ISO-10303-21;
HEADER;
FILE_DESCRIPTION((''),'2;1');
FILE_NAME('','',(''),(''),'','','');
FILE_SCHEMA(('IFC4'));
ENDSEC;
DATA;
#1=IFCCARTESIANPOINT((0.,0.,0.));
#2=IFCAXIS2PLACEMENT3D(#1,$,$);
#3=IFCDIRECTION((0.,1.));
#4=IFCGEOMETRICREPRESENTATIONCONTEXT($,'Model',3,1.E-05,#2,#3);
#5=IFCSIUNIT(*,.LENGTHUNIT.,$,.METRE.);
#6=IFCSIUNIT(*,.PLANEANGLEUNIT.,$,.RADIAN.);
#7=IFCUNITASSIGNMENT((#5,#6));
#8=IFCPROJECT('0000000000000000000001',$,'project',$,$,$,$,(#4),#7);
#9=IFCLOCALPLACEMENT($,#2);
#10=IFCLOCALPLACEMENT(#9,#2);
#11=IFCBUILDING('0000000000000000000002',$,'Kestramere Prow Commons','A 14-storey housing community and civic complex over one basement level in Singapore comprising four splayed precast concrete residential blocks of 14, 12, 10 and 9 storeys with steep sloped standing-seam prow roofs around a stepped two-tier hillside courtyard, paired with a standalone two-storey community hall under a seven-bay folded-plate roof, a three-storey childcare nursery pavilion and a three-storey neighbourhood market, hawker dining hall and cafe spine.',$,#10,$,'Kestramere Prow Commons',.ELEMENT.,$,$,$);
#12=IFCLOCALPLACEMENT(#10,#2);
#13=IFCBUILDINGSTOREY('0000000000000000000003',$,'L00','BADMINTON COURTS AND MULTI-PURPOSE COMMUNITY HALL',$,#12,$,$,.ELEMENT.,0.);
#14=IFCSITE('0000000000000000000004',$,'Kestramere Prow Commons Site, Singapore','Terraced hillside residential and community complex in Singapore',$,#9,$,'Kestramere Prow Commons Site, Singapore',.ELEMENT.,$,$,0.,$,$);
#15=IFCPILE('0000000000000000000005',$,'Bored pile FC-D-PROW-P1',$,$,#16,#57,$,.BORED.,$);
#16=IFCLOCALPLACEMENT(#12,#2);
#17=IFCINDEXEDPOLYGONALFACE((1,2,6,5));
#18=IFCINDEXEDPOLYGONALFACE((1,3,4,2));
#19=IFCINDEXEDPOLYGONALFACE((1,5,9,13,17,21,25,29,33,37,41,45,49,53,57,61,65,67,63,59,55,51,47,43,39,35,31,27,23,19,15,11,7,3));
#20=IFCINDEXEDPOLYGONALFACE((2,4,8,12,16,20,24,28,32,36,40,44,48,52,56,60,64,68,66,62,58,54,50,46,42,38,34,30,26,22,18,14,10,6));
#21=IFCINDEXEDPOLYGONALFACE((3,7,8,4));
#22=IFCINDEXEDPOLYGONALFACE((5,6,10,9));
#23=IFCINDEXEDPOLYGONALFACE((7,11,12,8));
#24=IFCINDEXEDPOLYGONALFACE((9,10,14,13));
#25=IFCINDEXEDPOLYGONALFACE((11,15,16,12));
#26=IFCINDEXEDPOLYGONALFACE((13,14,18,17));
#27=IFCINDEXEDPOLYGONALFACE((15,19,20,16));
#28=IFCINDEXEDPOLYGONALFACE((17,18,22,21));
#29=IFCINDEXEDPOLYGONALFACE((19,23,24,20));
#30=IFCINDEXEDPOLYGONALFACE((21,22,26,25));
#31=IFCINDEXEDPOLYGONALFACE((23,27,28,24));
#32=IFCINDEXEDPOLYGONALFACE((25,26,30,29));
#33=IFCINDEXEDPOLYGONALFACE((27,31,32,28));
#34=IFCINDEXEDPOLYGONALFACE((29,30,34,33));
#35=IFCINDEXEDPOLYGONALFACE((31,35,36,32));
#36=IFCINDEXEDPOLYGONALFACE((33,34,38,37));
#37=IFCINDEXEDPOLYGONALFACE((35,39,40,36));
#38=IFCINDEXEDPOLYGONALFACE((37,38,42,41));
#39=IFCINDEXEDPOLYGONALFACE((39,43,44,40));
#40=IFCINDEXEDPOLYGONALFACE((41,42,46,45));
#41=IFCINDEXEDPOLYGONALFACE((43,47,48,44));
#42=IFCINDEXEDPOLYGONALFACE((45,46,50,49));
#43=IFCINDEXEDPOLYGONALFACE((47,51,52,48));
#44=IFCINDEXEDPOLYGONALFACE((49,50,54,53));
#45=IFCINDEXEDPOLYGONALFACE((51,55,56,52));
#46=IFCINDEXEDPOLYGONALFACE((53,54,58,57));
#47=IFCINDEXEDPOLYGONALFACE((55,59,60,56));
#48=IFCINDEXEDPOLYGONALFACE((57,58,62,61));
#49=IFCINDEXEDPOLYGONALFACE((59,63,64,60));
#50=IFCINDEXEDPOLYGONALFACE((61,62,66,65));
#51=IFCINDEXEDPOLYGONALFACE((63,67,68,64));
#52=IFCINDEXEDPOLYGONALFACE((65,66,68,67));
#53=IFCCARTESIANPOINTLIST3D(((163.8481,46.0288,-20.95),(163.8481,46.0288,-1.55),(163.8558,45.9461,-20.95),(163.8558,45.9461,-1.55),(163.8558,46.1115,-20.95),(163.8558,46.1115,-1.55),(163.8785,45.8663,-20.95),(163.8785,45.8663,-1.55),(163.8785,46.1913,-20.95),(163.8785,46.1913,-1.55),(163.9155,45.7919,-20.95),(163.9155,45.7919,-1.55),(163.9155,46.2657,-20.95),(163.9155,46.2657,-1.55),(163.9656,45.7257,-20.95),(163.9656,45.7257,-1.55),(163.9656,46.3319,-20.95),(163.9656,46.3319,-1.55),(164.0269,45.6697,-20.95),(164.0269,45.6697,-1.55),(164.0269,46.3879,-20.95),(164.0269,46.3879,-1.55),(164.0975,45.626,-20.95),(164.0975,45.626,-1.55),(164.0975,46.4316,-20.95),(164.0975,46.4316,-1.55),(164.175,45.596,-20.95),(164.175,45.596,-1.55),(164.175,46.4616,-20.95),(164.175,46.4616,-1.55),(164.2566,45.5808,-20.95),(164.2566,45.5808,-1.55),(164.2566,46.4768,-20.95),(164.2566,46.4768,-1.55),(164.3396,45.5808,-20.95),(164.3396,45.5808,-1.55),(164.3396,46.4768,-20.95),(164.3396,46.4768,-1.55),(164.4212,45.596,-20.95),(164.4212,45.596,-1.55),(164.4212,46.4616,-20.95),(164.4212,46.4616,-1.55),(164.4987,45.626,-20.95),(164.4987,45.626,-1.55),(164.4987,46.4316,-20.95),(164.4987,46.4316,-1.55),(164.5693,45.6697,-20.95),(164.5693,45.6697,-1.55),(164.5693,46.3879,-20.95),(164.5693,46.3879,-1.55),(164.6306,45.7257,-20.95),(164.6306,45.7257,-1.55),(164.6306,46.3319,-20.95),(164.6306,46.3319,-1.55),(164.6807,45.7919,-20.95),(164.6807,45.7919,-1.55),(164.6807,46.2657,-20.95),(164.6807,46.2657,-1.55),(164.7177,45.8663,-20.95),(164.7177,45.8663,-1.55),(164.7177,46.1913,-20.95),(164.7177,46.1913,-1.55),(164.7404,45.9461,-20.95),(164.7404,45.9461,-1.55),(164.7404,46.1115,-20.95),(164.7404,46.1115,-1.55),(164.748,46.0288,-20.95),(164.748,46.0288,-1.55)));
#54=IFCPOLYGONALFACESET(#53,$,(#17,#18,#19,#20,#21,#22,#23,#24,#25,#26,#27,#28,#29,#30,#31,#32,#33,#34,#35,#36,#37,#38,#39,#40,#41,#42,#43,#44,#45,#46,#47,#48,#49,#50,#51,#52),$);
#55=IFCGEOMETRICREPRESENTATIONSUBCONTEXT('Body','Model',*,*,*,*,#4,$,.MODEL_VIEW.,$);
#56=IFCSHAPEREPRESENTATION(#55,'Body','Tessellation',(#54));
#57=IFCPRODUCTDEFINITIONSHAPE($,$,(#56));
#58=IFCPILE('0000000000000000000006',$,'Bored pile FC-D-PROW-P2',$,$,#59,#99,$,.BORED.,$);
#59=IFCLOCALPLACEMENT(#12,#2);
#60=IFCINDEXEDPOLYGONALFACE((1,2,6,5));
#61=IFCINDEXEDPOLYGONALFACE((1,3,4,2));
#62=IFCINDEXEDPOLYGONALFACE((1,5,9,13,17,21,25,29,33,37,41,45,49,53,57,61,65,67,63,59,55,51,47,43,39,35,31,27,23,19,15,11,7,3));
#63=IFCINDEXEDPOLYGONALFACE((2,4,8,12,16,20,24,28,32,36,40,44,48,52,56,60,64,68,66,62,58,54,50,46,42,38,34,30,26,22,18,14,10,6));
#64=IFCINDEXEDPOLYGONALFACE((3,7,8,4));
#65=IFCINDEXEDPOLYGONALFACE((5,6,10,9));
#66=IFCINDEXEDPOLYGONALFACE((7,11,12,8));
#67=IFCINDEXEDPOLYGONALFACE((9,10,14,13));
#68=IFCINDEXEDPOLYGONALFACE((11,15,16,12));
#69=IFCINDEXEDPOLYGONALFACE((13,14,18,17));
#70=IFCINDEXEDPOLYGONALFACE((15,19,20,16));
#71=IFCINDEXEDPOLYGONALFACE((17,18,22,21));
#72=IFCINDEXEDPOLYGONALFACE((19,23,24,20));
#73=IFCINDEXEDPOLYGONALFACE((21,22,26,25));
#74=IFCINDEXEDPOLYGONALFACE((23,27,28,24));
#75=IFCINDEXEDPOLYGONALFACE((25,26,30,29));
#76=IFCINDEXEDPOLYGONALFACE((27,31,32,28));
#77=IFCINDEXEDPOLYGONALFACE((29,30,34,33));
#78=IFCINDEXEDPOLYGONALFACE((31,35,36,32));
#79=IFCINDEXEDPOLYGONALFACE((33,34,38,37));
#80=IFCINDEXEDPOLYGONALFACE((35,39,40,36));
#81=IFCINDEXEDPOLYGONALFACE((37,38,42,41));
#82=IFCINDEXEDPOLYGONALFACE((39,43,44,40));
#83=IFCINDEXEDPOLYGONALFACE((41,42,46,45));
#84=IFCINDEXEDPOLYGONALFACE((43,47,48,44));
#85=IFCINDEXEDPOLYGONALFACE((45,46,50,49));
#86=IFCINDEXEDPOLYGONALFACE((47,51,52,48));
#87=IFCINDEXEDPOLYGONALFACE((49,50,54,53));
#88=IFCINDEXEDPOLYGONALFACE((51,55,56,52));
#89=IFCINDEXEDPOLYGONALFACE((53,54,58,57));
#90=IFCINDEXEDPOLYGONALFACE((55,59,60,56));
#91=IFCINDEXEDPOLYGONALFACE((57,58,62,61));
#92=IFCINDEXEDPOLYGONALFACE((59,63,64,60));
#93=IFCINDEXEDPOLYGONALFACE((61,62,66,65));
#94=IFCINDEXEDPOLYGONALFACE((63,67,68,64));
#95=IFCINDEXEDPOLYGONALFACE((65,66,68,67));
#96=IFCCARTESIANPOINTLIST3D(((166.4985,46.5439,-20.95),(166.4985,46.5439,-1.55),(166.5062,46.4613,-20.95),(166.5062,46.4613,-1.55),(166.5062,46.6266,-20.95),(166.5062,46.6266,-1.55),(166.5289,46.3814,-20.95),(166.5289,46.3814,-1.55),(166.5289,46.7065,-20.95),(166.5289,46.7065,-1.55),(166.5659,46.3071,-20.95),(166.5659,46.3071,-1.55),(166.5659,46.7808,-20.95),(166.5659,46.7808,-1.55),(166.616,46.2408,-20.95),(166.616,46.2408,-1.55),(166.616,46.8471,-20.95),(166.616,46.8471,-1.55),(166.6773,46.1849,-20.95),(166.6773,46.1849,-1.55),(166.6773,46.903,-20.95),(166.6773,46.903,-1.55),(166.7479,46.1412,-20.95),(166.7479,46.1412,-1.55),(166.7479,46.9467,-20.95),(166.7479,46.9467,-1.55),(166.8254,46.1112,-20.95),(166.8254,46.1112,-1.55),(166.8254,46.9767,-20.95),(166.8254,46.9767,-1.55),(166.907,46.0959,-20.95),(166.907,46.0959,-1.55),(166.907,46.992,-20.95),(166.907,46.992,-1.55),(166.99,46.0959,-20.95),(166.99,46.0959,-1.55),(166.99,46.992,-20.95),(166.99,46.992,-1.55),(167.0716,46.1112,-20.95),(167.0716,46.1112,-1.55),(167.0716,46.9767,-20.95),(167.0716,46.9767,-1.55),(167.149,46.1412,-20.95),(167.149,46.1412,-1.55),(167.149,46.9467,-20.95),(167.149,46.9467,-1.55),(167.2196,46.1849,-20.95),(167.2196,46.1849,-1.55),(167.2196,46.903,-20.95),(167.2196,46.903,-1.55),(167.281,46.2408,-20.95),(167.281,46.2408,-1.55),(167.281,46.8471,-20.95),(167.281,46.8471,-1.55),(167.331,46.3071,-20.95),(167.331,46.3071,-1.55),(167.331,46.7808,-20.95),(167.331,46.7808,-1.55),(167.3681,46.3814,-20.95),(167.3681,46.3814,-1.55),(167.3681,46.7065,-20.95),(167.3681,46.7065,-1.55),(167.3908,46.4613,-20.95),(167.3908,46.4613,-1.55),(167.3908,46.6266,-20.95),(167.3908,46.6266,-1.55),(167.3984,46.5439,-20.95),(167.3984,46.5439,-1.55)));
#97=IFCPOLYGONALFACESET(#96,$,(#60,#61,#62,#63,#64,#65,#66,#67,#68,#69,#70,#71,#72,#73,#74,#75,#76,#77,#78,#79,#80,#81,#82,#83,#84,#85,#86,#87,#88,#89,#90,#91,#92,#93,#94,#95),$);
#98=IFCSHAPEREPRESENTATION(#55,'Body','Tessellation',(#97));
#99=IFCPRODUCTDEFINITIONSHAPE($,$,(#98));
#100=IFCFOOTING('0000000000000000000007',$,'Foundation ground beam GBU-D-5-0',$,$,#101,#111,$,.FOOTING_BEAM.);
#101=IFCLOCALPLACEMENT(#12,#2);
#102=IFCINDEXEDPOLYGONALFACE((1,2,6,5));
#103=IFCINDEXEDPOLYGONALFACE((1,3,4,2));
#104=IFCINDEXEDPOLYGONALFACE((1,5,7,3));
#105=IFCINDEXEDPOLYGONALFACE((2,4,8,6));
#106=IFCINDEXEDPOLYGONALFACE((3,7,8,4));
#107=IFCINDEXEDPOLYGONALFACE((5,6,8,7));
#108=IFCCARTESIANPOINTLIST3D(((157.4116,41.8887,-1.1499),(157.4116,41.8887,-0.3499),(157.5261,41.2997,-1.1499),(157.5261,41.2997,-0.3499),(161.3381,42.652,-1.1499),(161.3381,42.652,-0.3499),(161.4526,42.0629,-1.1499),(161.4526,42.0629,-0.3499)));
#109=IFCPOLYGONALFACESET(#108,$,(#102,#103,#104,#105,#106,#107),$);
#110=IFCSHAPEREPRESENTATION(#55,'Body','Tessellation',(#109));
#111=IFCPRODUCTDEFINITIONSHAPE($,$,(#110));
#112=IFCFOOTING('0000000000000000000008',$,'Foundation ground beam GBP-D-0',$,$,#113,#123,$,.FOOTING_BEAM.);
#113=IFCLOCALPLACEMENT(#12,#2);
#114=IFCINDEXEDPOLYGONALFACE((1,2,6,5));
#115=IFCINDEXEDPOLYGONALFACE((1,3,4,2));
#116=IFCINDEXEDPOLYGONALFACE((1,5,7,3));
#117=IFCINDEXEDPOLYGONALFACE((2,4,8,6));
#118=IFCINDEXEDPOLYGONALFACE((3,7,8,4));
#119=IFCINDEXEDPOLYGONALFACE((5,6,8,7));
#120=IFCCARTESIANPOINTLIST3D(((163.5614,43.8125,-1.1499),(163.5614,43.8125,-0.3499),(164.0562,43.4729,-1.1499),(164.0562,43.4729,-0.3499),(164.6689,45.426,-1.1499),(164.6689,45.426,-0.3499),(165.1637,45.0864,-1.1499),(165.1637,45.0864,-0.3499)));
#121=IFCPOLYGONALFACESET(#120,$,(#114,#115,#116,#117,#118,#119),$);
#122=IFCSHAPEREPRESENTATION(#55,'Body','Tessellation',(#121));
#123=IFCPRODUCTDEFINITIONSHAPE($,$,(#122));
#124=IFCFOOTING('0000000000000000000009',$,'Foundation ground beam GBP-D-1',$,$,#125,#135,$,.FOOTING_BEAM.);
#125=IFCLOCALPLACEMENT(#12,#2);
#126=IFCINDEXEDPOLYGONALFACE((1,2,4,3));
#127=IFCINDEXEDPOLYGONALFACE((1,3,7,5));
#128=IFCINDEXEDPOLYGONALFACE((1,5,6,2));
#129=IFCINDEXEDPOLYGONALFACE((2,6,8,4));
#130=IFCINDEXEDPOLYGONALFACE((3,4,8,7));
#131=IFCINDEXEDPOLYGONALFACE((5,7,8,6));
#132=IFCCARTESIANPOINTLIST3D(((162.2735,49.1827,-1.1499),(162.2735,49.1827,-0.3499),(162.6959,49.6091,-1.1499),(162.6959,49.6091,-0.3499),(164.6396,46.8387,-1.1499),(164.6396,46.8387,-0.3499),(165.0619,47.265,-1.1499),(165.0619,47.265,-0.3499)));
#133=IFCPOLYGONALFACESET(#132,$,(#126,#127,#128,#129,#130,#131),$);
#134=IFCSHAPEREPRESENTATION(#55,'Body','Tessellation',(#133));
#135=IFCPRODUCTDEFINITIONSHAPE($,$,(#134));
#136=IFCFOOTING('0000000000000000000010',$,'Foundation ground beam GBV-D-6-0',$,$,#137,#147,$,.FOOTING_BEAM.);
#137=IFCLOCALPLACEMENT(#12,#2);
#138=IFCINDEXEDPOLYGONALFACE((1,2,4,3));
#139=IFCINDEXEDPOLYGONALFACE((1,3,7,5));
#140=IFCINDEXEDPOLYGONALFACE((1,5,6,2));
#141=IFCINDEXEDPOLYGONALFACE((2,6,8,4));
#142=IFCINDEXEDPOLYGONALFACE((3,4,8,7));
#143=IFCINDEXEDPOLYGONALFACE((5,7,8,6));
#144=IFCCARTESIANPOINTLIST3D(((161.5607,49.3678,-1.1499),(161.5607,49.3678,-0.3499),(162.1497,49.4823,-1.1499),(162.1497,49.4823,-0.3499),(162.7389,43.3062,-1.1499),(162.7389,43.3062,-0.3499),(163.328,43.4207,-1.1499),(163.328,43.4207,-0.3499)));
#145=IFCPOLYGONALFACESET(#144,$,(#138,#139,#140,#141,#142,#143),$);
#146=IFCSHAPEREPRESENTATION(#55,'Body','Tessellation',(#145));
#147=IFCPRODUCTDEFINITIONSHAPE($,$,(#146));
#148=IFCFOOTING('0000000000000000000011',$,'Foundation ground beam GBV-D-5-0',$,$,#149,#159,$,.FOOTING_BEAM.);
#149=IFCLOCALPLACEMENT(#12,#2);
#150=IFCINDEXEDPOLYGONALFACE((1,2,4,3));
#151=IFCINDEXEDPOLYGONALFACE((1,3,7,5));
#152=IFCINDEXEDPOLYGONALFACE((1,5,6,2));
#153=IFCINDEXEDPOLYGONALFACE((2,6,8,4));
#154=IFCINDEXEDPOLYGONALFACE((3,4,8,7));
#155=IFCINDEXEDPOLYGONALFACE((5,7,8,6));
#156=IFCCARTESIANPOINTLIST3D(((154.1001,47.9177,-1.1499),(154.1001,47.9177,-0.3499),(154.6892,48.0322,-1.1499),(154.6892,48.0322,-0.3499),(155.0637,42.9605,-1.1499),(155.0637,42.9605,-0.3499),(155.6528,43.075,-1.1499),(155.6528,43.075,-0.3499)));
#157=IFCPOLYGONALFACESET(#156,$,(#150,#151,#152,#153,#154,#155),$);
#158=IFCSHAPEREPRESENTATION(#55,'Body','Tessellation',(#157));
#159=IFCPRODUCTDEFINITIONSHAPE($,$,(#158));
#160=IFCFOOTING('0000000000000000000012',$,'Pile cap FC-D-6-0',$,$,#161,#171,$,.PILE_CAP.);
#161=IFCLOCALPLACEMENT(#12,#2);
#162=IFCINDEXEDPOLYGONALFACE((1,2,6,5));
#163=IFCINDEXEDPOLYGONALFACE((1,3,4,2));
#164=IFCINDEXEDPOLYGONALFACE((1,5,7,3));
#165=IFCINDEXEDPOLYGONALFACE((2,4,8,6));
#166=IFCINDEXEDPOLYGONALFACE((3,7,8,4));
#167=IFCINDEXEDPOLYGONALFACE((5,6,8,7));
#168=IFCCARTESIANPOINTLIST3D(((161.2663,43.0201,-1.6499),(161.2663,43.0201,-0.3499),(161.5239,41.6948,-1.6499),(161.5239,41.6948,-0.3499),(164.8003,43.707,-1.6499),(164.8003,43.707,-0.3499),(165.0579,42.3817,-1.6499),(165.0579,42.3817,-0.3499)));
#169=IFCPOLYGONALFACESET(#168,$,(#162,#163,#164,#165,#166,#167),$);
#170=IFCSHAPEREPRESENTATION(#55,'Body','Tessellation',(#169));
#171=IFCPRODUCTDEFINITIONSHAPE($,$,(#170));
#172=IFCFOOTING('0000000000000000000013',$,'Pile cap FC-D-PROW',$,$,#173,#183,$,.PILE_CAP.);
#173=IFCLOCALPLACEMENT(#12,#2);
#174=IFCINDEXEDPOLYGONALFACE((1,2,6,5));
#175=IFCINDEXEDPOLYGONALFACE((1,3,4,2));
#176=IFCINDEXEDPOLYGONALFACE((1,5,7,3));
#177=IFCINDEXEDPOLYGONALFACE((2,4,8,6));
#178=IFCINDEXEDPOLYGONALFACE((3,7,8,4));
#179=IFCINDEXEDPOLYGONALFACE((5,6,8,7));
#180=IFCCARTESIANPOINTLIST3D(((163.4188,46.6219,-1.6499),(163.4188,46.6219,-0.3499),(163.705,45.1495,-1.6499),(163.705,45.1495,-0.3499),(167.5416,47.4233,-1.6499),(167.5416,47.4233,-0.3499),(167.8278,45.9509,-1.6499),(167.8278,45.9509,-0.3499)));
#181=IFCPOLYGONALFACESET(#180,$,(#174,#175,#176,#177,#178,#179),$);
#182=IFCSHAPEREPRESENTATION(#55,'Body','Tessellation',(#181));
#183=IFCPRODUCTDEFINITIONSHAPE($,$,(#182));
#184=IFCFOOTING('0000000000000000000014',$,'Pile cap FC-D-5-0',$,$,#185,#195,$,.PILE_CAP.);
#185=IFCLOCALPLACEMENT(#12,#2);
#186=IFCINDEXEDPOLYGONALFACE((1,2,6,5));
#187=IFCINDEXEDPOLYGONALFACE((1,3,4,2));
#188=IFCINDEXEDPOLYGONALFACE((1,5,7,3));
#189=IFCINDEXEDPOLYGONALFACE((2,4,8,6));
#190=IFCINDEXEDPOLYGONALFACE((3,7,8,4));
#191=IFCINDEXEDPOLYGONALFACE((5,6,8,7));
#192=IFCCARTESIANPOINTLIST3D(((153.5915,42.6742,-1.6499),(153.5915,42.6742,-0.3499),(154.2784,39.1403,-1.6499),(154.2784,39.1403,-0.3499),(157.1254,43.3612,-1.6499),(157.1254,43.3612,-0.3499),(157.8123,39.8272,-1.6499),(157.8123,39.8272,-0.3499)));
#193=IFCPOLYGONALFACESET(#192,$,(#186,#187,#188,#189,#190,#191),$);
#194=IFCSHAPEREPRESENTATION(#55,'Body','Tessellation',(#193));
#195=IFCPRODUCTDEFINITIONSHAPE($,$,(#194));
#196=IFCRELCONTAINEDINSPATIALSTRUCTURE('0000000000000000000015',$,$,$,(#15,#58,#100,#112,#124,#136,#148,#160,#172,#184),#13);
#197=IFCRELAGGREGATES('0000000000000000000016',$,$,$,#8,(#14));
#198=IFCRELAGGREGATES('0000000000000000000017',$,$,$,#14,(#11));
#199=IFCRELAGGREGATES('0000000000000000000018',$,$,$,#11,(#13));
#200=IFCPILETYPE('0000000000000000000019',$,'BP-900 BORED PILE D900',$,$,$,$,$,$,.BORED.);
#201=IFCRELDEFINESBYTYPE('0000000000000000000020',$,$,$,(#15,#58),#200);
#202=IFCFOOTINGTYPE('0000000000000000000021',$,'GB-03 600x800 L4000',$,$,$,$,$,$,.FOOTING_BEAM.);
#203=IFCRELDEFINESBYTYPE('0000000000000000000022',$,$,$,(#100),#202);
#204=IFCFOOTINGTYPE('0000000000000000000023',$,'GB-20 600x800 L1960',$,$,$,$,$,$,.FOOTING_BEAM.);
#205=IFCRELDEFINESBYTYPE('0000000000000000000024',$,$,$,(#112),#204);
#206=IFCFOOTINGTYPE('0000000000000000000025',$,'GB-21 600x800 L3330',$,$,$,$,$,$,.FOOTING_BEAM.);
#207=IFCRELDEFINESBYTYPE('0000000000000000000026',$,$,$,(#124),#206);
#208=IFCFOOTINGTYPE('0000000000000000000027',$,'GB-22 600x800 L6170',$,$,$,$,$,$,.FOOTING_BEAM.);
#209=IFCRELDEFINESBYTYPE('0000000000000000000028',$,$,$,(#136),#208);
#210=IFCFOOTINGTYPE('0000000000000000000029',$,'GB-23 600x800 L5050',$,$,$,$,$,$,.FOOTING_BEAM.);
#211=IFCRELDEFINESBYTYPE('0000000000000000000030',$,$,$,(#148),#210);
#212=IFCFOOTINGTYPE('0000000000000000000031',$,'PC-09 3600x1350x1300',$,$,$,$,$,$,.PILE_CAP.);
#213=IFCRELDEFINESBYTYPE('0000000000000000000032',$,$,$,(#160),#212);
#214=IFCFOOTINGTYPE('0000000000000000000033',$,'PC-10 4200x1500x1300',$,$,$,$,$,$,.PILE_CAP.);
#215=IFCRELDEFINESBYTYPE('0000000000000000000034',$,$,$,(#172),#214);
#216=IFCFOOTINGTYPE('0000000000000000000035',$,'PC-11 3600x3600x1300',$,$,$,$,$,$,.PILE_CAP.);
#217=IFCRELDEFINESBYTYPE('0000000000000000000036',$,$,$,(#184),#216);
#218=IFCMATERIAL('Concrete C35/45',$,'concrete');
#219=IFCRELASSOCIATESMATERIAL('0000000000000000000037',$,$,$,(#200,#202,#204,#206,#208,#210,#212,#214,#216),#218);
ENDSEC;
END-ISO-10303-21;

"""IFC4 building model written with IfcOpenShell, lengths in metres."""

from ifc_helpers import new_model, si_unit, direction, frame, origin, origin_2d, place, context, subcontext, project, spatial, rectangle, circle, extrude, material, material_profile, profile_set, type_object, element, save


model = new_model("IFC4")

# Units and contexts
model_context = context("Model", 3, precision=1e-05, world=origin(), true_north=direction((0.0, 1.0)))
body_context = subcontext(model_context, "Body", "Model", "MODEL_VIEW")
ifc_project = project(units=[si_unit("LENGTHUNIT", "METRE"), si_unit("PLANEANGLEUNIT", "RADIAN")], contexts=[model_context])

# Site, building, storey
site_placement = place(None, origin())
site = spatial("IfcSite", under=ifc_project, at=site_placement, Name="Kestramere Prow Commons Site, Singapore", Description="Terraced hillside residential and community complex in Singapore", LongName="Kestramere Prow Commons Site, Singapore", CompositionType="ELEMENT", RefElevation=0.0)
building_placement = place(site_placement, origin())
building = spatial("IfcBuilding", under=site, at=building_placement, Name="Kestramere Prow Commons", Description="A 14-storey housing community and civic complex over one basement level in Singapore comprising four splayed precast concrete residential blocks of 14, 12, 10 and 9 storeys with steep sloped standing-seam prow roofs around a stepped two-tier hillside courtyard, paired with a standalone two-storey community hall under a seven-bay folded-plate roof, a three-storey childcare nursery pavilion and a three-storey neighbourhood market, hawker dining hall and cafe spine.", LongName="Kestramere Prow Commons", CompositionType="ELEMENT")
storey_placement = place(building_placement, origin())
storey = spatial("IfcBuildingStorey", under=building, at=storey_placement, Name="L00", Description="BADMINTON COURTS AND MULTI-PURPOSE COMMUNITY HALL", CompositionType="ELEMENT", Elevation=0.0)

# Piles
ifc_material_1 = material(Name="Concrete C35/45", Category="concrete")
ifc_material_profile_1 = material_profile(ifc_material_1, circle(Radius=0.45, at=origin_2d()), Name="BORED PILE D900")
ifc_profile_set_1 = profile_set([ifc_material_profile_1], Name="Concrete C35/45")
pile_type_1 = type_object("IfcPileType", Name="BP-900 BORED PILE D900", PredefinedType="BORED", material=ifc_profile_set_1)
for number, where, z_axis, x_axis, name in (
    (1, (164.2981, 46.0288, -1.55), (0.0, 0.0, -1.0), (1.0, 0.0, 0.0), "Bored pile FC-D-PROW-P1"),
    (2, (166.9485, 46.5439, -1.55), (0.0, 0.0, -1.0), (1.0, 0.0, 0.0), "Bored pile FC-D-PROW-P2"),
):
    element("IfcPile", number, at=place(storey_placement, frame(where, z_axis=z_axis, x_axis=x_axis)), inside=storey, type_object=pile_type_1, Name=name, PredefinedType="BORED", context=body_context, shape_type="SweptSolid", body=[
        extrude(circle(Radius=0.45, at=origin_2d()), origin(), (0.0, 0.0, 1.0), 19.3999),
    ])

# Footings
footing_type_1 = type_object("IfcFootingType", Name="GB-03 600x800 L4000", PredefinedType="FOOTING_BEAM", material=ifc_material_1)
footing_1_placement = place(storey_placement, frame((159.4321, 41.9758, -1.1499), z_axis=(0.0, 0.0, 1.0), x_axis=(0.981627, 0.190809, 0.0)))
element("IfcFooting", 3, at=footing_1_placement, inside=storey, type_object=footing_type_1, Name="Foundation ground beam GBU-D-5-0", PredefinedType="FOOTING_BEAM", context=body_context, shape_type="SweptSolid", body=[
    extrude(rectangle(XDim=4.0, YDim=0.6001, at=origin_2d()), origin(), (0.0, 0.0, 1.0), 0.8),
])
footing_type_2 = type_object("IfcFootingType", Name="GB-20 600x800 L1960", PredefinedType="FOOTING_BEAM", material=ifc_material_1)
footing_2_placement = place(storey_placement, frame((164.3625, 44.4495, -1.1499), z_axis=(0.0, 0.0, 1.0), x_axis=(-0.565914, -0.824464, 0.0)))
element("IfcFooting", 4, at=footing_2_placement, inside=storey, type_object=footing_type_2, Name="Foundation ground beam GBP-D-0", PredefinedType="FOOTING_BEAM", context=body_context, shape_type="SweptSolid", body=[
    extrude(rectangle(XDim=1.957, YDim=0.6001, at=origin_2d()), origin(), (0.0, 0.0, 1.0), 0.8),
])
footing_type_3 = type_object("IfcFootingType", Name="GB-21 600x800 L3330", PredefinedType="FOOTING_BEAM", material=ifc_material_1)
footing_3_placement = place(storey_placement, frame((163.6677, 48.2239, -1.1499), z_axis=(0.0, 0.0, 1.0), x_axis=(-0.710398, 0.7038, 0.0)))
element("IfcFooting", 5, at=footing_3_placement, inside=storey, type_object=footing_type_3, Name="Foundation ground beam GBP-D-1", PredefinedType="FOOTING_BEAM", context=body_context, shape_type="SweptSolid", body=[
    extrude(rectangle(XDim=3.3306, YDim=0.6001, at=origin_2d()), origin(), (0.0, 0.0, 1.0), 0.8),
])
footing_type_4 = type_object("IfcFootingType", Name="GB-22 600x800 L6170", PredefinedType="FOOTING_BEAM", material=ifc_material_1)
footing_4_placement = place(storey_placement, frame((162.4443, 46.3943, -1.1499), z_axis=(0.0, 0.0, 1.0), x_axis=(-0.190809, 0.981627, 0.0)))
element("IfcFooting", 6, at=footing_4_placement, inside=storey, type_object=footing_type_4, Name="Foundation ground beam GBV-D-6-0", PredefinedType="FOOTING_BEAM", context=body_context, shape_type="SweptSolid", body=[
    extrude(rectangle(XDim=6.175, YDim=0.6001, at=origin_2d()), origin(), (0.0, 0.0, 1.0), 0.8),
])
footing_type_5 = type_object("IfcFootingType", Name="GB-23 600x800 L5050", PredefinedType="FOOTING_BEAM", material=ifc_material_1)
footing_5_placement = place(storey_placement, frame((154.8765, 45.4963, -1.1499), z_axis=(0.0, 0.0, 1.0), x_axis=(-0.190809, 0.981627, 0.0)))
element("IfcFooting", 7, at=footing_5_placement, inside=storey, type_object=footing_type_5, Name="Foundation ground beam GBV-D-5-0", PredefinedType="FOOTING_BEAM", context=body_context, shape_type="SweptSolid", body=[
    extrude(rectangle(XDim=5.05, YDim=0.6001, at=origin_2d()), origin(), (0.0, 0.0, 1.0), 0.8),
])
footing_type_6 = type_object("IfcFootingType", Name="PC-09 3600x1350x1300", PredefinedType="PILE_CAP", material=ifc_material_1)
footing_6_placement = place(storey_placement, frame((163.1621, 42.7009, -1.6499), z_axis=(0.0, 0.0, 1.0), x_axis=(0.981627, 0.190809, 0.0)))
element("IfcFooting", 8, at=footing_6_placement, inside=storey, type_object=footing_type_6, Name="Pile cap FC-D-6-0", PredefinedType="PILE_CAP", context=body_context, shape_type="SweptSolid", body=[
    extrude(rectangle(XDim=3.6001, YDim=1.3501, at=origin_2d()), origin(), (0.0, 0.0, 1.0), 1.3),
])
footing_type_7 = type_object("IfcFootingType", Name="PC-10 4200x1500x1300", PredefinedType="PILE_CAP", material=ifc_material_1)
footing_7_placement = place(storey_placement, frame((165.6233, 46.2864, -1.6499), z_axis=(0.0, 0.0, 1.0), x_axis=(0.981627, 0.190809, 0.0)))
element("IfcFooting", 9, at=footing_7_placement, inside=storey, type_object=footing_type_7, Name="Pile cap FC-D-PROW", PredefinedType="PILE_CAP", context=body_context, shape_type="SweptSolid", body=[
    extrude(rectangle(XDim=4.2, YDim=1.5, at=origin_2d()), origin(), (0.0, 0.0, 1.0), 1.3),
])
footing_type_8 = type_object("IfcFootingType", Name="PC-11 3600x3600x1300", PredefinedType="PILE_CAP", material=ifc_material_1)
footing_8_placement = place(storey_placement, frame((155.7019, 41.2507, -1.6499), z_axis=(0.0, 0.0, 1.0), x_axis=(0.981627, 0.190809, 0.0)))
element("IfcFooting", 10, at=footing_8_placement, inside=storey, type_object=footing_type_8, Name="Pile cap FC-D-5-0", PredefinedType="PILE_CAP", context=body_context, shape_type="SweptSolid", body=[
    extrude(rectangle(XDim=3.6001, YDim=3.6001, at=origin_2d()), origin(), (0.0, 0.0, 1.0), 1.3),
])

save(model, "model.ifc")
